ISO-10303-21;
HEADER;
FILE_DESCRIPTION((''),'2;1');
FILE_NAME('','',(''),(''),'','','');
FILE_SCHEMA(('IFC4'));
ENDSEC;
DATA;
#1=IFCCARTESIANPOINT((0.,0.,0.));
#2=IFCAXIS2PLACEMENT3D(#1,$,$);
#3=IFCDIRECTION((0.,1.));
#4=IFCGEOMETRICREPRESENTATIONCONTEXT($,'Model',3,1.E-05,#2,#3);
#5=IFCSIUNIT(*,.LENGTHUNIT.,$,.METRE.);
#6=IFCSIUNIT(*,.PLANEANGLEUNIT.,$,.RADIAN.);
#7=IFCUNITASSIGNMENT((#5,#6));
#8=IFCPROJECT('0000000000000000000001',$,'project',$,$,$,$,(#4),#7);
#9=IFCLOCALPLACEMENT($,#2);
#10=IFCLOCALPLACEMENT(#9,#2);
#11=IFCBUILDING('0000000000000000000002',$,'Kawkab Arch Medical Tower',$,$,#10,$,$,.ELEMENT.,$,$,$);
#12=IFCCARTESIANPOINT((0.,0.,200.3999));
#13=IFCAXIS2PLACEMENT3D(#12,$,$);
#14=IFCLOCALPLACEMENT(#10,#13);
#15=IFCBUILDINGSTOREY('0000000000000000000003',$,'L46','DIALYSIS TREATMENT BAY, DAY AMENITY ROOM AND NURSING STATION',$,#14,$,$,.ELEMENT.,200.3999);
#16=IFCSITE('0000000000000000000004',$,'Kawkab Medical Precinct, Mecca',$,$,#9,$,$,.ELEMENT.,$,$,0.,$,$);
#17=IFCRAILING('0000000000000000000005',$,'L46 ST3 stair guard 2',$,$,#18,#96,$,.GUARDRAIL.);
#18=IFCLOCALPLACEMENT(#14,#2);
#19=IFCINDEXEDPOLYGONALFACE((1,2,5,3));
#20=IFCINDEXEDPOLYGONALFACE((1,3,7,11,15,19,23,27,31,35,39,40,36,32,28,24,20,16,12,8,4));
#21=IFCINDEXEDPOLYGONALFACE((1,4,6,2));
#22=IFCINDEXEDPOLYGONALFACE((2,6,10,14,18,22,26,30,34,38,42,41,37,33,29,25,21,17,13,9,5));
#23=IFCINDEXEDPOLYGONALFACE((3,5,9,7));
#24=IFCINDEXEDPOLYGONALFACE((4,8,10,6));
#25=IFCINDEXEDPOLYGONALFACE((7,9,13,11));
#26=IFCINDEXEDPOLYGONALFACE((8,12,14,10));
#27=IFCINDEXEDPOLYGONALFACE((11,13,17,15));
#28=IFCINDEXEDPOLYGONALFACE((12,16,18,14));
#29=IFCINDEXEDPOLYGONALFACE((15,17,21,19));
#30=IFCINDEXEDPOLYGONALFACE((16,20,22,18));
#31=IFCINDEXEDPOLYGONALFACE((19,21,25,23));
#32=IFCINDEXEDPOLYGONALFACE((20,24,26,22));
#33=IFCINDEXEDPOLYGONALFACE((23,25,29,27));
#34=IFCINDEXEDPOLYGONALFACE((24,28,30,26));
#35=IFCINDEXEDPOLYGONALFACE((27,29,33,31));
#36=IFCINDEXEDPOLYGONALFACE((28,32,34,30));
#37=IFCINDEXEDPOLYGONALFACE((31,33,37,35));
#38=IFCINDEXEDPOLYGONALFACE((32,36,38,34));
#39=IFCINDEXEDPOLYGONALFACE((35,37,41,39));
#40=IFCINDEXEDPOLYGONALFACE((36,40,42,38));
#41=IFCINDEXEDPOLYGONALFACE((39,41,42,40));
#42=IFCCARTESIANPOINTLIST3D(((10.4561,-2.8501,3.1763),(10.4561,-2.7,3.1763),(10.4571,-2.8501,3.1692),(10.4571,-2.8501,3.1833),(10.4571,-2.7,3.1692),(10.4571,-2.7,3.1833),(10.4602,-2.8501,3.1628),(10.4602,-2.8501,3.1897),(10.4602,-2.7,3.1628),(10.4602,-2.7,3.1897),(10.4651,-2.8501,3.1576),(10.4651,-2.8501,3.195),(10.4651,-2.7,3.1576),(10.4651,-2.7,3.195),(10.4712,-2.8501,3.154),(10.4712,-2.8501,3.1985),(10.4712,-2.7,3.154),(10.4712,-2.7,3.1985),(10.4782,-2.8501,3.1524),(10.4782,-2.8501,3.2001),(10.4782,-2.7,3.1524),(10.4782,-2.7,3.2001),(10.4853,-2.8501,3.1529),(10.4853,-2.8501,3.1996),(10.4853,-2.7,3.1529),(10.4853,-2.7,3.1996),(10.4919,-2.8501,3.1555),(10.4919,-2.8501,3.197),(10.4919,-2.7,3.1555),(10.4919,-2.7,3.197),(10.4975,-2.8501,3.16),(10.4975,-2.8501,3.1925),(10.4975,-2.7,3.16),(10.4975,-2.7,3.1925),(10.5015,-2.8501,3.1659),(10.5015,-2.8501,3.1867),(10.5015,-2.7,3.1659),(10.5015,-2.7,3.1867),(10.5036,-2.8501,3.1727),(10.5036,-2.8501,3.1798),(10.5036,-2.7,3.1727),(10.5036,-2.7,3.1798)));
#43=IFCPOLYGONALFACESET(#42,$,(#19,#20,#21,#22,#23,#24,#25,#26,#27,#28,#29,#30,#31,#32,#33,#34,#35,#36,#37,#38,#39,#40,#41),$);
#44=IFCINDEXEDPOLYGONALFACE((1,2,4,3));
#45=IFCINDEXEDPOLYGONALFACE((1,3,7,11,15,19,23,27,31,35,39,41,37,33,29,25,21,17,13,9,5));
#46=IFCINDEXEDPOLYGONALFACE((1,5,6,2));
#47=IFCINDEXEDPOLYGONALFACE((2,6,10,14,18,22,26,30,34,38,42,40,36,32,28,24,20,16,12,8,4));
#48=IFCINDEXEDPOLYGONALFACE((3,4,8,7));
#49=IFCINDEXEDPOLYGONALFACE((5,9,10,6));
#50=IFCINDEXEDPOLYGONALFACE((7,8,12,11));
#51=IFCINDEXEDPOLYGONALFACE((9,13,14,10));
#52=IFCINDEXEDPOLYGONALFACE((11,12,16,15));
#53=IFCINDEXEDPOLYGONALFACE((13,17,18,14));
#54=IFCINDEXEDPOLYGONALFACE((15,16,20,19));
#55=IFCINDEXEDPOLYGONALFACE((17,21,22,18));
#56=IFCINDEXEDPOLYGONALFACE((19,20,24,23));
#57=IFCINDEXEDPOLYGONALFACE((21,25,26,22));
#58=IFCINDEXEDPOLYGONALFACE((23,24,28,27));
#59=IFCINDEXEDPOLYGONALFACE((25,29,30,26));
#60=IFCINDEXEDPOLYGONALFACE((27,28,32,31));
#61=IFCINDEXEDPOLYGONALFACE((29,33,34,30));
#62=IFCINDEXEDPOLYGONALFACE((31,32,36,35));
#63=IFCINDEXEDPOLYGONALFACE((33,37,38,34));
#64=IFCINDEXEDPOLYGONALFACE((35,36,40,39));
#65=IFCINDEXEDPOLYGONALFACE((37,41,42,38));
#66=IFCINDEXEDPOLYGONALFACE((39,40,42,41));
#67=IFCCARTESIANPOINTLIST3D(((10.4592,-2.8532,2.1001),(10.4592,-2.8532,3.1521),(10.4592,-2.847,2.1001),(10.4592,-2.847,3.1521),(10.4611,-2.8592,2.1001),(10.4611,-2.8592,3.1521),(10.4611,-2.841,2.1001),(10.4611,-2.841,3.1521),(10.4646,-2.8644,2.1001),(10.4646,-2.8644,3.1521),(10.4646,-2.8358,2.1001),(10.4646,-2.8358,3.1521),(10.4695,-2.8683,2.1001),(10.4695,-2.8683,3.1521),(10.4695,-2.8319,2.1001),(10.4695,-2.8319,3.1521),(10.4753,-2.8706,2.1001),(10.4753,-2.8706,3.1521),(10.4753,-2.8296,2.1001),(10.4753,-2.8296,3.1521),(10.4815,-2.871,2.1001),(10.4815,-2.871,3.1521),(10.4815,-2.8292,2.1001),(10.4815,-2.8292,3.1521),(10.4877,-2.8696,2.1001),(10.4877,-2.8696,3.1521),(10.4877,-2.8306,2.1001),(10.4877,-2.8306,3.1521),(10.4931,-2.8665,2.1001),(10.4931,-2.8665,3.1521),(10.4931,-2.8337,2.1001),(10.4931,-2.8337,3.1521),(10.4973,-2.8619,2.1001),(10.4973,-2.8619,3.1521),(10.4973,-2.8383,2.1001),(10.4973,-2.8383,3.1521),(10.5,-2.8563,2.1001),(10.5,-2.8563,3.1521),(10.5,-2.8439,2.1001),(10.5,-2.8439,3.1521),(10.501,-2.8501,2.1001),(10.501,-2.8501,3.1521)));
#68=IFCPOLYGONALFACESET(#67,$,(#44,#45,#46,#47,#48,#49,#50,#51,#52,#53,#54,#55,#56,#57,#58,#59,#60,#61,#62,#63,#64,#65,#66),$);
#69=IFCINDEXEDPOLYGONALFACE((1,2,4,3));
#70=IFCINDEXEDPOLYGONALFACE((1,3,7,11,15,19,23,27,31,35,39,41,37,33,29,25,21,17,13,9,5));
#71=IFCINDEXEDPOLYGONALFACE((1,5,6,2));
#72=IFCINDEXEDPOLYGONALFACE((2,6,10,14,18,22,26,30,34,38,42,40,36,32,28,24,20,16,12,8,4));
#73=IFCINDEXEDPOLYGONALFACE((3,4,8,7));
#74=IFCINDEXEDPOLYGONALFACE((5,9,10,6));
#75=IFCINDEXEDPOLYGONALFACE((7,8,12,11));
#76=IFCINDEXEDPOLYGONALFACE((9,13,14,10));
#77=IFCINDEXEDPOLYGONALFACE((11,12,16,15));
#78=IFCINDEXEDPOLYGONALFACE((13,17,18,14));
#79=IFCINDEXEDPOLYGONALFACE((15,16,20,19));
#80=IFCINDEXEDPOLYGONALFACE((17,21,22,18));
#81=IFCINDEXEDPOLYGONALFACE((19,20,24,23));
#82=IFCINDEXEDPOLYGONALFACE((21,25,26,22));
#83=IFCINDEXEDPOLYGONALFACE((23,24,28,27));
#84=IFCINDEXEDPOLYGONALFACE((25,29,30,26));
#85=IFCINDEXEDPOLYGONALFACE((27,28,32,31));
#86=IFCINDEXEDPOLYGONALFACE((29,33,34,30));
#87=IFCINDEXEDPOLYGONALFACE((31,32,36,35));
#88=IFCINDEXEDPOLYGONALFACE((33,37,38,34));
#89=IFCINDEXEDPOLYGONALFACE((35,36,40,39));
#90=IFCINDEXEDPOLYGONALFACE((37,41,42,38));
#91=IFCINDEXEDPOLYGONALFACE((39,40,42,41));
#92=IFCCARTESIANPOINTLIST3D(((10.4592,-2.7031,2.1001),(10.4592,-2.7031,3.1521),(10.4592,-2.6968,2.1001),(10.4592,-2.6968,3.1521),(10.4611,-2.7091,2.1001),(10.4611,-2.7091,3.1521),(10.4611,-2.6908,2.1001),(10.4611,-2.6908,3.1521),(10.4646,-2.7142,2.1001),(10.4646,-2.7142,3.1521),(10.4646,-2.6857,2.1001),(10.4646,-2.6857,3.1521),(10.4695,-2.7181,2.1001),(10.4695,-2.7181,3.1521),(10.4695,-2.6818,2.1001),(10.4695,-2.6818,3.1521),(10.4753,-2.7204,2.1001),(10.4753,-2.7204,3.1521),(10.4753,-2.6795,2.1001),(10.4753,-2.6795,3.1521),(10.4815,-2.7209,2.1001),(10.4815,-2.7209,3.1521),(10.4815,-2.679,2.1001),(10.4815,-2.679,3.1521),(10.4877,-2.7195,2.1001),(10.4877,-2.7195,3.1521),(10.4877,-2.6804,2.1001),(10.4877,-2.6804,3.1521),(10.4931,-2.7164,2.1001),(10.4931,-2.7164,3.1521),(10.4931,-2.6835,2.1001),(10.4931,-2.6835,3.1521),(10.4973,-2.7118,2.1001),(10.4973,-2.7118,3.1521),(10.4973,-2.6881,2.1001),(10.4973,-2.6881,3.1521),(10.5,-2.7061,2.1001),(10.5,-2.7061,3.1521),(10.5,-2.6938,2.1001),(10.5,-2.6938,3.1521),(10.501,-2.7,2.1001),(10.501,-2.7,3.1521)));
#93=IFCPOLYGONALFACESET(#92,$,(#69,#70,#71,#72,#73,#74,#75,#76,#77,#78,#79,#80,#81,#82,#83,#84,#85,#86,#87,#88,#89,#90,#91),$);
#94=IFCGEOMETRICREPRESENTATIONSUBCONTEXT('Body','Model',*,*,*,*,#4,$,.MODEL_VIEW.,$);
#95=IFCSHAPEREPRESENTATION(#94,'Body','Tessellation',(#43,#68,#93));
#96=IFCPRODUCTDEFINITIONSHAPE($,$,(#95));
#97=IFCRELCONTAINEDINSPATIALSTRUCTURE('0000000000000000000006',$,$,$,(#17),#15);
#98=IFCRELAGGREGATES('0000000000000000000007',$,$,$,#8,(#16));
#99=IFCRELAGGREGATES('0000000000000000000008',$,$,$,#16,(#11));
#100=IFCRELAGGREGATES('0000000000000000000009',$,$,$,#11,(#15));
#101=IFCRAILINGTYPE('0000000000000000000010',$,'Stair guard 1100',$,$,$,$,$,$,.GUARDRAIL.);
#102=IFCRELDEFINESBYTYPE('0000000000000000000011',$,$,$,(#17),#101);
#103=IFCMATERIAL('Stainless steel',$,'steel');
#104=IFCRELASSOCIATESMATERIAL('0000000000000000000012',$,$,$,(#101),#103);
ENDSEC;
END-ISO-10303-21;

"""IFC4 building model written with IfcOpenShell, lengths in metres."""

from ifc_helpers import new_model, si_unit, direction, frame, origin, origin_2d, place, context, subcontext, project, spatial, circle, extrude, material, type_object, element, save


model = new_model("IFC4")

# Units and contexts
model_context = context("Model", 3, precision=1e-05, world=origin(), true_north=direction((0.0, 1.0)))
body_context = subcontext(model_context, "Body", "Model", "MODEL_VIEW")
ifc_project = project(units=[si_unit("LENGTHUNIT", "METRE"), si_unit("PLANEANGLEUNIT", "RADIAN")], contexts=[model_context])

# Site, building, storey
site_placement = place(None, origin())
site = spatial("IfcSite", under=ifc_project, at=site_placement, Name="Kawkab Medical Precinct, Mecca", CompositionType="ELEMENT", RefElevation=0.0)
building_placement = place(site_placement, origin())
building = spatial("IfcBuilding", under=site, at=building_placement, Name="Kawkab Arch Medical Tower", CompositionType="ELEMENT")
storey_placement = place(building_placement, frame((0.0, 0.0, 200.3999)))
storey = spatial("IfcBuildingStorey", under=building, at=storey_placement, Name="L46", Description="DIALYSIS TREATMENT BAY, DAY AMENITY ROOM AND NURSING STATION", CompositionType="ELEMENT", Elevation=200.3999)

# Railing
ifc_material_1 = material(Name="Stainless steel", Category="steel")
railing_type_1 = type_object("IfcRailingType", Name="Stair guard 1100", PredefinedType="GUARDRAIL", material=ifc_material_1)
railing_1_placement = place(storey_placement, frame((10.48, -2.8501, 2.1001)))
element("IfcRailing", 1, at=railing_1_placement, inside=storey, type_object=railing_type_1, Name="L46 ST3 stair guard 2", PredefinedType="GUARDRAIL", context=body_context, shape_type="SweptSolid", body=[
    extrude(circle(Radius=0.0239, at=origin_2d()), frame((0.0, 0.0, 1.0762), z_axis=(0.0, 1.0, 0.0), x_axis=(-1.0, 0.0, 0.0)), (0.0, 0.0, 1.0), 0.1501),
    extrude(circle(Radius=0.021, at=origin_2d()), origin(), (0.0, 0.0, 1.0), 1.052),
    extrude(circle(Radius=0.021, at=origin_2d()), frame((0.0, 0.1501, 0.0)), (0.0, 0.0, 1.0), 1.052),
])

save(model, "model.ifc")
